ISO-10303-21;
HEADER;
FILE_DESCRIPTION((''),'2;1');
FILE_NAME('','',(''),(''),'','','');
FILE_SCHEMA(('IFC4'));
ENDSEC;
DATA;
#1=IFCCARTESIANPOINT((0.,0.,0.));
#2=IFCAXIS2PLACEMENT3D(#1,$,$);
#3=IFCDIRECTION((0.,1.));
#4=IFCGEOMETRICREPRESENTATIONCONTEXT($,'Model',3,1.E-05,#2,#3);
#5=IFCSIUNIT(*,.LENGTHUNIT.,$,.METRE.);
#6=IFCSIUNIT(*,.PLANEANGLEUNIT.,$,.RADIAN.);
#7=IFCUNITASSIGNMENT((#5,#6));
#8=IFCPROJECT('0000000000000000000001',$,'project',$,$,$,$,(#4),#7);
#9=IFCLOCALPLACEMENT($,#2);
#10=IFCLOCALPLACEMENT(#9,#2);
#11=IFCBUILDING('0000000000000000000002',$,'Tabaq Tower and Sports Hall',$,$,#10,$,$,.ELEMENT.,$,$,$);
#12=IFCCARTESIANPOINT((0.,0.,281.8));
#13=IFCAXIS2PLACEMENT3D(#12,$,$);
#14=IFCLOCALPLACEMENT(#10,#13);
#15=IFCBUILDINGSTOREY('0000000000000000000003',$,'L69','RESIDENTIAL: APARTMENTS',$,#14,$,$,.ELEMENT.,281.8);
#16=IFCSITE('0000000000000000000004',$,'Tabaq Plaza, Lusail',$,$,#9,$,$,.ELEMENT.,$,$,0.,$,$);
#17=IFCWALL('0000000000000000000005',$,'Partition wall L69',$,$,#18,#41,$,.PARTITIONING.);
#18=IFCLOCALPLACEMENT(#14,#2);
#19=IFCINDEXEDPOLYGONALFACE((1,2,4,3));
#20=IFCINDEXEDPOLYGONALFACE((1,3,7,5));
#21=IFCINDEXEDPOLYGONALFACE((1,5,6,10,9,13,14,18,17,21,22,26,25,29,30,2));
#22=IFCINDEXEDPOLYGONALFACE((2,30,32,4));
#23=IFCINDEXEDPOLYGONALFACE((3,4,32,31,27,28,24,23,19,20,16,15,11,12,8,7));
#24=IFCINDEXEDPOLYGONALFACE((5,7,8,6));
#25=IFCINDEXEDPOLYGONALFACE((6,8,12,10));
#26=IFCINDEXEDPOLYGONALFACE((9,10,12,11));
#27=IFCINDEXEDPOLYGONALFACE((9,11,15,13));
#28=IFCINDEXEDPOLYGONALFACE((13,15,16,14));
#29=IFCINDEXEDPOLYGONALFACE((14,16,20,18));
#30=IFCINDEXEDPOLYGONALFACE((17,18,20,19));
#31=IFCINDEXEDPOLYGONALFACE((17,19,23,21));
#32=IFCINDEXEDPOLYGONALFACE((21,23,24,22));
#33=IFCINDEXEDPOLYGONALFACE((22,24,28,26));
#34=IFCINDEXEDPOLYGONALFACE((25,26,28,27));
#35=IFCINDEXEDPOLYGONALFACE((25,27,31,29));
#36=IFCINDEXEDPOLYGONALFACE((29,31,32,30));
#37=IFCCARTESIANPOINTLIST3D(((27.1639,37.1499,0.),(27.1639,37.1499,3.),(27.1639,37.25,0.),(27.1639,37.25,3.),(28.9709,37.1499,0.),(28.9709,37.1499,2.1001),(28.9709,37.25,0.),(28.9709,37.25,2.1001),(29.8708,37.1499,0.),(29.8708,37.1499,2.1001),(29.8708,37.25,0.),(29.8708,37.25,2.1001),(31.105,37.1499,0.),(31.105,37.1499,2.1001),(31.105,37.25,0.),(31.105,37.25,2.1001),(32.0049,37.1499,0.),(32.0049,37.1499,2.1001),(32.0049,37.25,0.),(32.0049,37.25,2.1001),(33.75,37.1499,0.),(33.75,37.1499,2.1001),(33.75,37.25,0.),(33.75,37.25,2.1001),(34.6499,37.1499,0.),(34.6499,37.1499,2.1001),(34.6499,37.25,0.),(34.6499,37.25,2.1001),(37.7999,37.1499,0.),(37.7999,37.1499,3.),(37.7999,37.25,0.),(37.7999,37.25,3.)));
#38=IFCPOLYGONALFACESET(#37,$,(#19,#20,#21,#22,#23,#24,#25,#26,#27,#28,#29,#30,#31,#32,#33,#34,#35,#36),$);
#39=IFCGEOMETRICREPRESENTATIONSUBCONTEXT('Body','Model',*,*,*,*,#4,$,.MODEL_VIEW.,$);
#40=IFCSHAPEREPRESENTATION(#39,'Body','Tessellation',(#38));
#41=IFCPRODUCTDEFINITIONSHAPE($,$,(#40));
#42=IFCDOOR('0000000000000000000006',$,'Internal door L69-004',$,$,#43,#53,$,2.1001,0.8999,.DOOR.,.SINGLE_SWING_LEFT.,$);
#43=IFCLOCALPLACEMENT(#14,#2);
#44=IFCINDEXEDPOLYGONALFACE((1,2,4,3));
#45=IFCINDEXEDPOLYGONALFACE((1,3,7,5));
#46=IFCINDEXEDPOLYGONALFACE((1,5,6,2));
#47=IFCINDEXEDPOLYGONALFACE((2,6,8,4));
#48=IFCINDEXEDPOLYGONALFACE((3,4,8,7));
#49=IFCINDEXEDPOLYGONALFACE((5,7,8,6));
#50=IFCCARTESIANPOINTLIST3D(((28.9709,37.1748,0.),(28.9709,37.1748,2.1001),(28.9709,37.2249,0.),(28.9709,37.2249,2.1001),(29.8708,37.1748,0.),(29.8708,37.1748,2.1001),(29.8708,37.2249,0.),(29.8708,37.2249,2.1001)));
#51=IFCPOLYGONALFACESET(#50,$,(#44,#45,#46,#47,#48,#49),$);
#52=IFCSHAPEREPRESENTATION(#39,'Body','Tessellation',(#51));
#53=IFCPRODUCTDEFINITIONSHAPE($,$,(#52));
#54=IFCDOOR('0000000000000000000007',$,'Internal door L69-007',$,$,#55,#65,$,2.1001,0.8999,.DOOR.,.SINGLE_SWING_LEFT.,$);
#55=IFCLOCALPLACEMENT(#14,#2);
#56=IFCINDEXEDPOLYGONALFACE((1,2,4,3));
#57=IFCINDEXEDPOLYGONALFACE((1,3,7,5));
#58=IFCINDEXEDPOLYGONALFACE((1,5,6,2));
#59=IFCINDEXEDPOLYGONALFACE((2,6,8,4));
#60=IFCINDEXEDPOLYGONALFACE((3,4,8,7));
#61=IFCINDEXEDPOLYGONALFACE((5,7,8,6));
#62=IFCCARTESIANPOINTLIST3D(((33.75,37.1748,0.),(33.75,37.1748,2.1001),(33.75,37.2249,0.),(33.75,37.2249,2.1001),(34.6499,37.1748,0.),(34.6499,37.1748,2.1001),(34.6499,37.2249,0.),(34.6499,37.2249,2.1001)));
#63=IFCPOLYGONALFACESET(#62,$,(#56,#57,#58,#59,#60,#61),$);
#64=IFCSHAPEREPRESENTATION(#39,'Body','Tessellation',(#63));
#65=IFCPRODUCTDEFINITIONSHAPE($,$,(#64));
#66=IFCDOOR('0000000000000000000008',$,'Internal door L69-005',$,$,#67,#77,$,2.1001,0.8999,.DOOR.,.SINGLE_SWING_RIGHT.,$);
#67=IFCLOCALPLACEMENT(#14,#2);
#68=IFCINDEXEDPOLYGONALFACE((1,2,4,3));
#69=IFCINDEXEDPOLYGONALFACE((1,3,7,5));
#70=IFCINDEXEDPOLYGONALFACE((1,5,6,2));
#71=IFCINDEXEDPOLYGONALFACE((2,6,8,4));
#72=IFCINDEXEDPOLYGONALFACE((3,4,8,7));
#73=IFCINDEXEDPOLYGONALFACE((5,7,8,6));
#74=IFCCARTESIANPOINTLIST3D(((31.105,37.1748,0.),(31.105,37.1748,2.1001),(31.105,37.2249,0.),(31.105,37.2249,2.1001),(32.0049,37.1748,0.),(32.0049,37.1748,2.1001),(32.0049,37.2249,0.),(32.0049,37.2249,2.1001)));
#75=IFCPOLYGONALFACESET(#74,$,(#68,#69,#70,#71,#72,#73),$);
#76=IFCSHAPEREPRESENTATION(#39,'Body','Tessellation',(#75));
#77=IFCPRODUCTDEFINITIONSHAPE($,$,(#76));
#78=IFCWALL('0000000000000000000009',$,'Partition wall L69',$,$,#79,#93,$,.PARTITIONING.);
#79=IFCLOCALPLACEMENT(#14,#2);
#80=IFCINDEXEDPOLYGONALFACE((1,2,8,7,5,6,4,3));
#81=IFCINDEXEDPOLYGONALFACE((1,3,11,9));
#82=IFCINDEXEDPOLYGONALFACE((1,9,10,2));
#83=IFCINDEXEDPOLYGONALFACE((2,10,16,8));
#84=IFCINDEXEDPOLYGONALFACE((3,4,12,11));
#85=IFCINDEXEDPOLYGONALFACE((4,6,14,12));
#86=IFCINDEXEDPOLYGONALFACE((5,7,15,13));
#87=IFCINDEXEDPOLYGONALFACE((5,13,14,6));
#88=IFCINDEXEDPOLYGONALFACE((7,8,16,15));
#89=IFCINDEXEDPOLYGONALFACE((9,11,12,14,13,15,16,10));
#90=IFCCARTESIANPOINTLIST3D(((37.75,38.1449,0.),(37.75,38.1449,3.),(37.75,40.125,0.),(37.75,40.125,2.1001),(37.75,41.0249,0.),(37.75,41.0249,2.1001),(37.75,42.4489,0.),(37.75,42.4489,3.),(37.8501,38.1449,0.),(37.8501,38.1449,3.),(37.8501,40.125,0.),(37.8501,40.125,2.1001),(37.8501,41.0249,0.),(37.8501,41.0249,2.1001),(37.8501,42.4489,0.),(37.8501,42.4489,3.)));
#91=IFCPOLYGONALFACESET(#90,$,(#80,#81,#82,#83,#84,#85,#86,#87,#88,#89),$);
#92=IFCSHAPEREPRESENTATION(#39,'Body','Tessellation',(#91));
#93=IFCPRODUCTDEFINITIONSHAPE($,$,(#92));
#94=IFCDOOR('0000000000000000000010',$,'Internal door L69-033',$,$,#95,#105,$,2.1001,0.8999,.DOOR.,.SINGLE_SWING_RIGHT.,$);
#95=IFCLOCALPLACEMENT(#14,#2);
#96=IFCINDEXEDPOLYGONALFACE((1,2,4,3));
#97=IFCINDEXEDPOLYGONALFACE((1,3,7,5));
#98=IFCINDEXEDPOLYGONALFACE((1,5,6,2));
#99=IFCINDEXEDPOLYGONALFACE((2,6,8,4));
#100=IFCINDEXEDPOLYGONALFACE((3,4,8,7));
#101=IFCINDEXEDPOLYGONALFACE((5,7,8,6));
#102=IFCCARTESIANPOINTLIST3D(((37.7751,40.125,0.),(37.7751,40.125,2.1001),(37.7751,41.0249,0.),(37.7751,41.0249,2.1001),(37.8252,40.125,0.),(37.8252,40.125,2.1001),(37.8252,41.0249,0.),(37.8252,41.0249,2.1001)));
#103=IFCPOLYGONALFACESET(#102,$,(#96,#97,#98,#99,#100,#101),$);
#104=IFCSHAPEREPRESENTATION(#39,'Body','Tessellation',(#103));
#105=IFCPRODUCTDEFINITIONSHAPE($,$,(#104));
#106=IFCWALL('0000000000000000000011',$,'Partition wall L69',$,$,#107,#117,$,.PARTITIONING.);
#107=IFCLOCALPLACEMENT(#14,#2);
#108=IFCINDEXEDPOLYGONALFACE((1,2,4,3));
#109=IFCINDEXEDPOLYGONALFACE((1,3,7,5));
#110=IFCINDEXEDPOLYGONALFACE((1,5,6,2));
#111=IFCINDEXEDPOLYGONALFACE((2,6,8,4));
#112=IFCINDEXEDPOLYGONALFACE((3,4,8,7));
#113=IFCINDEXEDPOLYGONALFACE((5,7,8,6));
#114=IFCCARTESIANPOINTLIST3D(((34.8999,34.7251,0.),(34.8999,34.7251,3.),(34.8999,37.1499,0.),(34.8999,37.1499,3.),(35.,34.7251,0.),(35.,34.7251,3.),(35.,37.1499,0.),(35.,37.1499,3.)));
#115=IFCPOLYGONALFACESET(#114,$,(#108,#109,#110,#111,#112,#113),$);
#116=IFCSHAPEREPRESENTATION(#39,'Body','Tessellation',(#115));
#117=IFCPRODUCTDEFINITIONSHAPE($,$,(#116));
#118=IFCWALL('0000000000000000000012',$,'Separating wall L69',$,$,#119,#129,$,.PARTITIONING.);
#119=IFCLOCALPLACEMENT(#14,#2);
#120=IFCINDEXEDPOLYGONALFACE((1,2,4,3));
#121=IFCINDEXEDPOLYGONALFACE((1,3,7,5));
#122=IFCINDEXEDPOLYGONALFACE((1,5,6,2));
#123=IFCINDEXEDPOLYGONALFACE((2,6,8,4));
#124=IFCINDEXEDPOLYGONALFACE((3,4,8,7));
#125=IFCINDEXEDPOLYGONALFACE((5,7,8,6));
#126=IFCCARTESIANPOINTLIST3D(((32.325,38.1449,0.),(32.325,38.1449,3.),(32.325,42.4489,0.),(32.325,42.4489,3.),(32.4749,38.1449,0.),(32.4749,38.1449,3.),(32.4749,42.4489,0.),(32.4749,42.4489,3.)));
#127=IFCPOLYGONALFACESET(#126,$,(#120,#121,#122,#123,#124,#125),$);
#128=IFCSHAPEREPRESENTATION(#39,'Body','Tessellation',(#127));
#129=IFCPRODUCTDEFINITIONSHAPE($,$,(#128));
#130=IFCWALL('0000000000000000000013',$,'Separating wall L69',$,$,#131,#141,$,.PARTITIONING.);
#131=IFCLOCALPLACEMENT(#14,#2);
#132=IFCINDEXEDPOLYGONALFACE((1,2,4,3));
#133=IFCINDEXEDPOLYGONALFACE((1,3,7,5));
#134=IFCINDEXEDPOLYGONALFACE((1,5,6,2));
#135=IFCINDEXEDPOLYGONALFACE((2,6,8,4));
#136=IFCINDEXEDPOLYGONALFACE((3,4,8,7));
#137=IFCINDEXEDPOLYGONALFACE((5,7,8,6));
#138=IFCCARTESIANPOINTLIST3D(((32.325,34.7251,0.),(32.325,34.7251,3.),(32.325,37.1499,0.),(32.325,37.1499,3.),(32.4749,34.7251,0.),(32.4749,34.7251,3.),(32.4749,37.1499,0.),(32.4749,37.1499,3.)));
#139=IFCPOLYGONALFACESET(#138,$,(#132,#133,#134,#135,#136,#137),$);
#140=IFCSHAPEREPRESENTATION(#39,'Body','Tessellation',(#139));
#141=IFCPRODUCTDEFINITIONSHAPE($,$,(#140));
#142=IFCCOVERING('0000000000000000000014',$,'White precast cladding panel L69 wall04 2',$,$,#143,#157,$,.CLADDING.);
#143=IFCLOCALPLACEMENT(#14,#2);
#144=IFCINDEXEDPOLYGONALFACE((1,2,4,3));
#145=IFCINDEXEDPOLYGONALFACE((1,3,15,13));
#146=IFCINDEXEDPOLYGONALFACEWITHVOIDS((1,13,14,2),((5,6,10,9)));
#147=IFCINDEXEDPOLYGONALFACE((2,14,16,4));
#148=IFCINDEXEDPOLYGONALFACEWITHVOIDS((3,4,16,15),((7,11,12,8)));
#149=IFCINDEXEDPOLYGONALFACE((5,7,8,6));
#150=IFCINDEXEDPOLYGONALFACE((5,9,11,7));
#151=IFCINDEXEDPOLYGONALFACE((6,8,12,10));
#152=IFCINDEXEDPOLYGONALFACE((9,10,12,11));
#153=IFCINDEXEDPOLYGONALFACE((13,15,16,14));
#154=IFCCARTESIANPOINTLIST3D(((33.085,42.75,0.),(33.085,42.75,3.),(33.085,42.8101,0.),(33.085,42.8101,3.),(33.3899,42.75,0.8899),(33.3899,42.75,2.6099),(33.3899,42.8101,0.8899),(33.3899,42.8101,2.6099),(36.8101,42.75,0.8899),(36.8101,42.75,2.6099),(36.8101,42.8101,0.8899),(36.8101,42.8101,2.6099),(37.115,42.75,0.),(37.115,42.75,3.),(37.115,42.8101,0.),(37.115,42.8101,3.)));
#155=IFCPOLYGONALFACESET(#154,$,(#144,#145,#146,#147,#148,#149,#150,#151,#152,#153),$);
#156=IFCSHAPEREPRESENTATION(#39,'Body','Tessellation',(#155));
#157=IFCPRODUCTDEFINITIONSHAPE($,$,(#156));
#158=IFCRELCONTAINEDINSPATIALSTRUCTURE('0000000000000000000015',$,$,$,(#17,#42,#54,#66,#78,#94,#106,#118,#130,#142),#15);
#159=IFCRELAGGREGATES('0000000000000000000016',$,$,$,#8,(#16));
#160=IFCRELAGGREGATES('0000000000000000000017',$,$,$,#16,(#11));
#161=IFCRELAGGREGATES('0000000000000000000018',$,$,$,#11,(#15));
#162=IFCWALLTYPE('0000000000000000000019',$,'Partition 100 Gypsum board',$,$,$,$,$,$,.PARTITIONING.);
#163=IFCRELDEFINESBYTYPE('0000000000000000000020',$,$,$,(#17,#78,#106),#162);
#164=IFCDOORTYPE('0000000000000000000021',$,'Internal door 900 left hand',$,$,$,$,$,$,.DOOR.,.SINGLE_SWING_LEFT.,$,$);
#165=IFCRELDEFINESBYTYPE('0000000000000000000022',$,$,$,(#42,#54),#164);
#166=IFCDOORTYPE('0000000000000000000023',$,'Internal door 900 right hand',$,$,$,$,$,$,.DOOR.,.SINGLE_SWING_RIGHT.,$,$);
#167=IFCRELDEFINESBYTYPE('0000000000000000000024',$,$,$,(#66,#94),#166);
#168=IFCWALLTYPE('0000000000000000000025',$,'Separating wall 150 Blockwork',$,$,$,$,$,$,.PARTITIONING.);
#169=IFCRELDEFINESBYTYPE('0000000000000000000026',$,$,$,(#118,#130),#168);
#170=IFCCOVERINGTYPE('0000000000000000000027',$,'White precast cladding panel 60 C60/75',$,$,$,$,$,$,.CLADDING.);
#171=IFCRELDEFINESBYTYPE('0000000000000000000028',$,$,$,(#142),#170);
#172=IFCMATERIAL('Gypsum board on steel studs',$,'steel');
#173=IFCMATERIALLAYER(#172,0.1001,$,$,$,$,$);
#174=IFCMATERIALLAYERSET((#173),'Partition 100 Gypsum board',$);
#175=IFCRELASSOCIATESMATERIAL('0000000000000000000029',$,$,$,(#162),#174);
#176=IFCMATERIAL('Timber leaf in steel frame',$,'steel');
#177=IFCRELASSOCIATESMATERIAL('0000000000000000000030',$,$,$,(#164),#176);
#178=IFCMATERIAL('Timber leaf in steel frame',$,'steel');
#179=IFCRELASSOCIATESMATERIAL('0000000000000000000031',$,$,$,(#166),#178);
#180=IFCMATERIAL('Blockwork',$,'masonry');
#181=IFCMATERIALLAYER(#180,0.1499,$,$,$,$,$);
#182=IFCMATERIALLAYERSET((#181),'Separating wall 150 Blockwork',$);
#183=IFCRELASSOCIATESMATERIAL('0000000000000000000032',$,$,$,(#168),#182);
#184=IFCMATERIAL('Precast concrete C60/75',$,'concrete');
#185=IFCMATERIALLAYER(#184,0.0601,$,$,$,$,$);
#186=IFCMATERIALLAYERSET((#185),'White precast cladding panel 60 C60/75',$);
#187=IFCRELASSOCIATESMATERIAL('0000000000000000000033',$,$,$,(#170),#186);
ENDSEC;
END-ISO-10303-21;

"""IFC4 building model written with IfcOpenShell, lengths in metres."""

from ifc_helpers import new_model, si_unit, direction, frame, frame_2d, origin, place, context, subcontext, project, spatial, polyline, rectangle, outline, extrude, material, layer, layer_set, type_object, element, fill, save


model = new_model("IFC4")

# Units and contexts
model_context = context("Model", 3, precision=1e-05, world=origin(), true_north=direction((0.0, 1.0)))
body_context = subcontext(model_context, "Body", "Model", "MODEL_VIEW")
ifc_project = project(units=[si_unit("LENGTHUNIT", "METRE"), si_unit("PLANEANGLEUNIT", "RADIAN")], contexts=[model_context])

# Site, building, storey
site_placement = place(None, origin())
site = spatial("IfcSite", under=ifc_project, at=site_placement, Name="Tabaq Plaza, Lusail", CompositionType="ELEMENT", RefElevation=0.0)
building_placement = place(site_placement, origin())
building = spatial("IfcBuilding", under=site, at=building_placement, Name="Tabaq Tower and Sports Hall", CompositionType="ELEMENT")
storey_placement = place(building_placement, frame((0.0, 0.0, 281.8)))
storey = spatial("IfcBuildingStorey", under=building, at=storey_placement, Name="L69", Description="RESIDENTIAL: APARTMENTS", CompositionType="ELEMENT", Elevation=281.8)

# Shared definitions
ifc_material_1 = material(Name="Gypsum board on steel studs", Category="steel")
ifc_layer_1 = layer(ifc_material_1, 0.1001)
ifc_layer_set_1 = layer_set([ifc_layer_1], Name="Partition 100 Gypsum board")
wall_type_1 = type_object("IfcWallType", Name="Partition 100 Gypsum board", PredefinedType="PARTITIONING", material=ifc_layer_set_1)
ifc_material_2 = material(Name="Timber leaf in steel frame", Category="steel")
door_type_1 = type_object("IfcDoorType", Name="Internal door 900 left hand", OperationType="SINGLE_SWING_LEFT", PredefinedType="DOOR", material=ifc_material_2)

# Wall, openings, doors
wall_1_placement = place(storey_placement, frame((27.1641, 37.2, 0.0), z_axis=(0.0, 0.0, 1.0), x_axis=(1.0, 0.0, 0.0)))
wall_1 = element("IfcWall", 1, at=wall_1_placement, inside=storey, type_object=wall_type_1, Name="Partition wall L69", PredefinedType="PARTITIONING", context=body_context, shape_type="SweptSolid", body=[
    extrude(rectangle(XDim=10.636, YDim=0.1001, at=frame_2d((5.3179, 0.0))), origin(), (0.0, 0.0, 1.0), 3.0),
])
opening_1_placement = place(wall_1_placement, frame((1.8069, 0.0, 0.0)))
opening_1 = element("IfcOpeningElement", 2, at=opening_1_placement, cuts=wall_1, PredefinedType="OPENING", context=body_context, shape_type="SweptSolid", body=[
    extrude(rectangle(XDim=0.8999, YDim=2.1001, at=frame_2d((0.45, 1.05))), frame((0.0, 0.05, 0.0), z_axis=(0.0, -1.0, 0.0), x_axis=(1.0, 0.0, 0.0)), (0.0, 0.0, 1.0), 0.1001),
])
opening_2_placement = place(wall_1_placement, frame((3.9409, 0.0, 0.0)))
opening_2 = element("IfcOpeningElement", 3, at=opening_2_placement, cuts=wall_1, PredefinedType="OPENING", context=body_context, shape_type="SweptSolid", body=[
    extrude(rectangle(XDim=0.8999, YDim=2.1001, at=frame_2d((0.45, 1.05))), frame((0.0, 0.05, 0.0), z_axis=(0.0, -1.0, 0.0), x_axis=(1.0, 0.0, 0.0)), (0.0, 0.0, 1.0), 0.1001),
])
opening_3_placement = place(wall_1_placement, frame((6.5859, 0.0, 0.0)))
opening_3 = element("IfcOpeningElement", 4, at=opening_3_placement, cuts=wall_1, PredefinedType="OPENING", context=body_context, shape_type="SweptSolid", body=[
    extrude(rectangle(XDim=0.8999, YDim=2.1001, at=frame_2d((0.45, 1.05))), frame((0.0, 0.05, 0.0), z_axis=(0.0, -1.0, 0.0), x_axis=(1.0, 0.0, 0.0)), (0.0, 0.0, 1.0), 0.1001),
])
door_1_placement = place(opening_1_placement, origin())
door_1 = element("IfcDoor", 5, at=door_1_placement, inside=storey, type_object=door_type_1, Name="Internal door L69-004", OperationType="SINGLE_SWING_LEFT", OverallHeight=2.1001, OverallWidth=0.8999, PredefinedType="DOOR", context=body_context, shape_type="SweptSolid", body=[
    extrude(rectangle(XDim=0.8999, YDim=2.1001, at=frame_2d((0.45, 1.05))), frame((0.0, 0.0249, 0.0), z_axis=(0.0, -1.0, 0.0), x_axis=(1.0, 0.0, 0.0)), (0.0, 0.0, 1.0), 0.05),
])
fill(opening_1, door_1)
door_2_placement = place(opening_3_placement, origin())
door_2 = element("IfcDoor", 6, at=door_2_placement, inside=storey, type_object=door_type_1, Name="Internal door L69-007", OperationType="SINGLE_SWING_LEFT", OverallHeight=2.1001, OverallWidth=0.8999, PredefinedType="DOOR", context=body_context, shape_type="SweptSolid", body=[
    extrude(rectangle(XDim=0.8999, YDim=2.1001, at=frame_2d((0.45, 1.05))), frame((0.0, 0.0249, 0.0), z_axis=(0.0, -1.0, 0.0), x_axis=(1.0, 0.0, 0.0)), (0.0, 0.0, 1.0), 0.05),
])
fill(opening_3, door_2)
ifc_material_3 = material(Name="Timber leaf in steel frame", Category="steel")
door_type_2 = type_object("IfcDoorType", Name="Internal door 900 right hand", OperationType="SINGLE_SWING_RIGHT", PredefinedType="DOOR", material=ifc_material_3)
door_3_placement = place(opening_2_placement, origin())
door_3 = element("IfcDoor", 7, at=door_3_placement, inside=storey, type_object=door_type_2, Name="Internal door L69-005", OperationType="SINGLE_SWING_RIGHT", OverallHeight=2.1001, OverallWidth=0.8999, PredefinedType="DOOR", context=body_context, shape_type="SweptSolid", body=[
    extrude(rectangle(XDim=0.8999, YDim=2.1001, at=frame_2d((0.45, 1.05))), frame((0.0, 0.0249, 0.0), z_axis=(0.0, -1.0, 0.0), x_axis=(1.0, 0.0, 0.0)), (0.0, 0.0, 1.0), 0.05),
])
fill(opening_2, door_3)

# Wall, opening, door
wall_2_placement = place(storey_placement, frame((37.8, 38.145, 0.0), z_axis=(0.0, 0.0, 1.0), x_axis=(0.0, 1.0, 0.0)))
wall_2 = element("IfcWall", 8, at=wall_2_placement, inside=storey, type_object=wall_type_1, Name="Partition wall L69", PredefinedType="PARTITIONING", context=body_context, shape_type="SweptSolid", body=[
    extrude(rectangle(XDim=4.304, YDim=0.1001, at=frame_2d((2.1519, 0.0))), origin(), (0.0, 0.0, 1.0), 3.0),
])
opening_4_placement = place(wall_2_placement, frame((1.98, 0.0, 0.0)))
opening_4 = element("IfcOpeningElement", 9, at=opening_4_placement, cuts=wall_2, PredefinedType="OPENING", context=body_context, shape_type="SweptSolid", body=[
    extrude(rectangle(XDim=0.8999, YDim=2.1001, at=frame_2d((0.45, 1.05))), frame((0.0, 0.05, 0.0), z_axis=(0.0, -1.0, 0.0), x_axis=(1.0, 0.0, 0.0)), (0.0, 0.0, 1.0), 0.1001),
])
door_4_placement = place(opening_4_placement, origin())
door_4 = element("IfcDoor", 10, at=door_4_placement, inside=storey, type_object=door_type_2, Name="Internal door L69-033", OperationType="SINGLE_SWING_RIGHT", OverallHeight=2.1001, OverallWidth=0.8999, PredefinedType="DOOR", context=body_context, shape_type="SweptSolid", body=[
    extrude(rectangle(XDim=0.8999, YDim=2.1001, at=frame_2d((0.45, 1.05))), frame((0.0, 0.0249, 0.0), z_axis=(0.0, -1.0, 0.0), x_axis=(1.0, 0.0, 0.0)), (0.0, 0.0, 1.0), 0.05),
])
fill(opening_4, door_4)

# Walls
wall_3_placement = place(storey_placement, frame((34.95, 34.7251, 0.0), z_axis=(0.0, 0.0, 1.0), x_axis=(0.0, 1.0, 0.0)))
element("IfcWall", 11, at=wall_3_placement, inside=storey, type_object=wall_type_1, Name="Partition wall L69", PredefinedType="PARTITIONING", context=body_context, shape_type="SweptSolid", body=[
    extrude(rectangle(XDim=2.4248, YDim=0.1001, at=frame_2d((1.2124, 0.0))), origin(), (0.0, 0.0, 1.0), 3.0),
])
ifc_material_4 = material(Name="Blockwork", Category="masonry")
ifc_layer_2 = layer(ifc_material_4, 0.1499)
ifc_layer_set_2 = layer_set([ifc_layer_2], Name="Separating wall 150 Blockwork")
wall_type_2 = type_object("IfcWallType", Name="Separating wall 150 Blockwork", PredefinedType="PARTITIONING", material=ifc_layer_set_2)
wall_4_placement = place(storey_placement, frame((32.3999, 38.145, 0.0), z_axis=(0.0, 0.0, 1.0), x_axis=(0.0, 1.0, 0.0)))
element("IfcWall", 12, at=wall_4_placement, inside=storey, type_object=wall_type_2, Name="Separating wall L69", PredefinedType="PARTITIONING", context=body_context, shape_type="SweptSolid", body=[
    extrude(rectangle(XDim=4.304, YDim=0.1499, at=frame_2d((2.1519, 0.0))), origin(), (0.0, 0.0, 1.0), 3.0),
])
wall_5_placement = place(storey_placement, frame((32.3999, 34.7251, 0.0), z_axis=(0.0, 0.0, 1.0), x_axis=(0.0, 1.0, 0.0)))
element("IfcWall", 13, at=wall_5_placement, inside=storey, type_object=wall_type_2, Name="Separating wall L69", PredefinedType="PARTITIONING", context=body_context, shape_type="SweptSolid", body=[
    extrude(rectangle(XDim=2.4248, YDim=0.1499, at=frame_2d((1.2124, 0.0))), origin(), (0.0, 0.0, 1.0), 3.0),
])

# Covering
ifc_material_5 = material(Name="Precast concrete C60/75", Category="concrete")
ifc_layer_3 = layer(ifc_material_5, 0.0601)
ifc_layer_set_3 = layer_set([ifc_layer_3], Name="White precast cladding panel 60 C60/75")
covering_type = type_object("IfcCoveringType", Name="White precast cladding panel 60 C60/75", PredefinedType="CLADDING", material=ifc_layer_set_3)
covering_1_placement = place(storey_placement, frame((37.115, 42.78, 0.0), z_axis=(0.0, 0.0, 1.0), x_axis=(-1.0, 0.0, 0.0)))
element("IfcCovering", 14, at=covering_1_placement, inside=storey, type_object=covering_type, Name="White precast cladding panel L69 wall04 2", PredefinedType="CLADDING", context=body_context, shape_type="SweptSolid", body=[
    extrude(outline(polyline([(0.0, 0.0), (4.03, 0.0), (4.03, 3.0), (0.0, 3.0), (0.0, 0.0)]), holes=[polyline([(0.3049, 0.8899), (0.3049, 2.6099), (3.7251, 2.6099), (3.7251, 0.8899), (0.3049, 0.8899)])]), frame((0.0, 0.03, 0.0), z_axis=(0.0, -1.0, 0.0), x_axis=(1.0, 0.0, 0.0)), (0.0, 0.0, 1.0), 0.0601),
])

save(model, "model.ifc")
